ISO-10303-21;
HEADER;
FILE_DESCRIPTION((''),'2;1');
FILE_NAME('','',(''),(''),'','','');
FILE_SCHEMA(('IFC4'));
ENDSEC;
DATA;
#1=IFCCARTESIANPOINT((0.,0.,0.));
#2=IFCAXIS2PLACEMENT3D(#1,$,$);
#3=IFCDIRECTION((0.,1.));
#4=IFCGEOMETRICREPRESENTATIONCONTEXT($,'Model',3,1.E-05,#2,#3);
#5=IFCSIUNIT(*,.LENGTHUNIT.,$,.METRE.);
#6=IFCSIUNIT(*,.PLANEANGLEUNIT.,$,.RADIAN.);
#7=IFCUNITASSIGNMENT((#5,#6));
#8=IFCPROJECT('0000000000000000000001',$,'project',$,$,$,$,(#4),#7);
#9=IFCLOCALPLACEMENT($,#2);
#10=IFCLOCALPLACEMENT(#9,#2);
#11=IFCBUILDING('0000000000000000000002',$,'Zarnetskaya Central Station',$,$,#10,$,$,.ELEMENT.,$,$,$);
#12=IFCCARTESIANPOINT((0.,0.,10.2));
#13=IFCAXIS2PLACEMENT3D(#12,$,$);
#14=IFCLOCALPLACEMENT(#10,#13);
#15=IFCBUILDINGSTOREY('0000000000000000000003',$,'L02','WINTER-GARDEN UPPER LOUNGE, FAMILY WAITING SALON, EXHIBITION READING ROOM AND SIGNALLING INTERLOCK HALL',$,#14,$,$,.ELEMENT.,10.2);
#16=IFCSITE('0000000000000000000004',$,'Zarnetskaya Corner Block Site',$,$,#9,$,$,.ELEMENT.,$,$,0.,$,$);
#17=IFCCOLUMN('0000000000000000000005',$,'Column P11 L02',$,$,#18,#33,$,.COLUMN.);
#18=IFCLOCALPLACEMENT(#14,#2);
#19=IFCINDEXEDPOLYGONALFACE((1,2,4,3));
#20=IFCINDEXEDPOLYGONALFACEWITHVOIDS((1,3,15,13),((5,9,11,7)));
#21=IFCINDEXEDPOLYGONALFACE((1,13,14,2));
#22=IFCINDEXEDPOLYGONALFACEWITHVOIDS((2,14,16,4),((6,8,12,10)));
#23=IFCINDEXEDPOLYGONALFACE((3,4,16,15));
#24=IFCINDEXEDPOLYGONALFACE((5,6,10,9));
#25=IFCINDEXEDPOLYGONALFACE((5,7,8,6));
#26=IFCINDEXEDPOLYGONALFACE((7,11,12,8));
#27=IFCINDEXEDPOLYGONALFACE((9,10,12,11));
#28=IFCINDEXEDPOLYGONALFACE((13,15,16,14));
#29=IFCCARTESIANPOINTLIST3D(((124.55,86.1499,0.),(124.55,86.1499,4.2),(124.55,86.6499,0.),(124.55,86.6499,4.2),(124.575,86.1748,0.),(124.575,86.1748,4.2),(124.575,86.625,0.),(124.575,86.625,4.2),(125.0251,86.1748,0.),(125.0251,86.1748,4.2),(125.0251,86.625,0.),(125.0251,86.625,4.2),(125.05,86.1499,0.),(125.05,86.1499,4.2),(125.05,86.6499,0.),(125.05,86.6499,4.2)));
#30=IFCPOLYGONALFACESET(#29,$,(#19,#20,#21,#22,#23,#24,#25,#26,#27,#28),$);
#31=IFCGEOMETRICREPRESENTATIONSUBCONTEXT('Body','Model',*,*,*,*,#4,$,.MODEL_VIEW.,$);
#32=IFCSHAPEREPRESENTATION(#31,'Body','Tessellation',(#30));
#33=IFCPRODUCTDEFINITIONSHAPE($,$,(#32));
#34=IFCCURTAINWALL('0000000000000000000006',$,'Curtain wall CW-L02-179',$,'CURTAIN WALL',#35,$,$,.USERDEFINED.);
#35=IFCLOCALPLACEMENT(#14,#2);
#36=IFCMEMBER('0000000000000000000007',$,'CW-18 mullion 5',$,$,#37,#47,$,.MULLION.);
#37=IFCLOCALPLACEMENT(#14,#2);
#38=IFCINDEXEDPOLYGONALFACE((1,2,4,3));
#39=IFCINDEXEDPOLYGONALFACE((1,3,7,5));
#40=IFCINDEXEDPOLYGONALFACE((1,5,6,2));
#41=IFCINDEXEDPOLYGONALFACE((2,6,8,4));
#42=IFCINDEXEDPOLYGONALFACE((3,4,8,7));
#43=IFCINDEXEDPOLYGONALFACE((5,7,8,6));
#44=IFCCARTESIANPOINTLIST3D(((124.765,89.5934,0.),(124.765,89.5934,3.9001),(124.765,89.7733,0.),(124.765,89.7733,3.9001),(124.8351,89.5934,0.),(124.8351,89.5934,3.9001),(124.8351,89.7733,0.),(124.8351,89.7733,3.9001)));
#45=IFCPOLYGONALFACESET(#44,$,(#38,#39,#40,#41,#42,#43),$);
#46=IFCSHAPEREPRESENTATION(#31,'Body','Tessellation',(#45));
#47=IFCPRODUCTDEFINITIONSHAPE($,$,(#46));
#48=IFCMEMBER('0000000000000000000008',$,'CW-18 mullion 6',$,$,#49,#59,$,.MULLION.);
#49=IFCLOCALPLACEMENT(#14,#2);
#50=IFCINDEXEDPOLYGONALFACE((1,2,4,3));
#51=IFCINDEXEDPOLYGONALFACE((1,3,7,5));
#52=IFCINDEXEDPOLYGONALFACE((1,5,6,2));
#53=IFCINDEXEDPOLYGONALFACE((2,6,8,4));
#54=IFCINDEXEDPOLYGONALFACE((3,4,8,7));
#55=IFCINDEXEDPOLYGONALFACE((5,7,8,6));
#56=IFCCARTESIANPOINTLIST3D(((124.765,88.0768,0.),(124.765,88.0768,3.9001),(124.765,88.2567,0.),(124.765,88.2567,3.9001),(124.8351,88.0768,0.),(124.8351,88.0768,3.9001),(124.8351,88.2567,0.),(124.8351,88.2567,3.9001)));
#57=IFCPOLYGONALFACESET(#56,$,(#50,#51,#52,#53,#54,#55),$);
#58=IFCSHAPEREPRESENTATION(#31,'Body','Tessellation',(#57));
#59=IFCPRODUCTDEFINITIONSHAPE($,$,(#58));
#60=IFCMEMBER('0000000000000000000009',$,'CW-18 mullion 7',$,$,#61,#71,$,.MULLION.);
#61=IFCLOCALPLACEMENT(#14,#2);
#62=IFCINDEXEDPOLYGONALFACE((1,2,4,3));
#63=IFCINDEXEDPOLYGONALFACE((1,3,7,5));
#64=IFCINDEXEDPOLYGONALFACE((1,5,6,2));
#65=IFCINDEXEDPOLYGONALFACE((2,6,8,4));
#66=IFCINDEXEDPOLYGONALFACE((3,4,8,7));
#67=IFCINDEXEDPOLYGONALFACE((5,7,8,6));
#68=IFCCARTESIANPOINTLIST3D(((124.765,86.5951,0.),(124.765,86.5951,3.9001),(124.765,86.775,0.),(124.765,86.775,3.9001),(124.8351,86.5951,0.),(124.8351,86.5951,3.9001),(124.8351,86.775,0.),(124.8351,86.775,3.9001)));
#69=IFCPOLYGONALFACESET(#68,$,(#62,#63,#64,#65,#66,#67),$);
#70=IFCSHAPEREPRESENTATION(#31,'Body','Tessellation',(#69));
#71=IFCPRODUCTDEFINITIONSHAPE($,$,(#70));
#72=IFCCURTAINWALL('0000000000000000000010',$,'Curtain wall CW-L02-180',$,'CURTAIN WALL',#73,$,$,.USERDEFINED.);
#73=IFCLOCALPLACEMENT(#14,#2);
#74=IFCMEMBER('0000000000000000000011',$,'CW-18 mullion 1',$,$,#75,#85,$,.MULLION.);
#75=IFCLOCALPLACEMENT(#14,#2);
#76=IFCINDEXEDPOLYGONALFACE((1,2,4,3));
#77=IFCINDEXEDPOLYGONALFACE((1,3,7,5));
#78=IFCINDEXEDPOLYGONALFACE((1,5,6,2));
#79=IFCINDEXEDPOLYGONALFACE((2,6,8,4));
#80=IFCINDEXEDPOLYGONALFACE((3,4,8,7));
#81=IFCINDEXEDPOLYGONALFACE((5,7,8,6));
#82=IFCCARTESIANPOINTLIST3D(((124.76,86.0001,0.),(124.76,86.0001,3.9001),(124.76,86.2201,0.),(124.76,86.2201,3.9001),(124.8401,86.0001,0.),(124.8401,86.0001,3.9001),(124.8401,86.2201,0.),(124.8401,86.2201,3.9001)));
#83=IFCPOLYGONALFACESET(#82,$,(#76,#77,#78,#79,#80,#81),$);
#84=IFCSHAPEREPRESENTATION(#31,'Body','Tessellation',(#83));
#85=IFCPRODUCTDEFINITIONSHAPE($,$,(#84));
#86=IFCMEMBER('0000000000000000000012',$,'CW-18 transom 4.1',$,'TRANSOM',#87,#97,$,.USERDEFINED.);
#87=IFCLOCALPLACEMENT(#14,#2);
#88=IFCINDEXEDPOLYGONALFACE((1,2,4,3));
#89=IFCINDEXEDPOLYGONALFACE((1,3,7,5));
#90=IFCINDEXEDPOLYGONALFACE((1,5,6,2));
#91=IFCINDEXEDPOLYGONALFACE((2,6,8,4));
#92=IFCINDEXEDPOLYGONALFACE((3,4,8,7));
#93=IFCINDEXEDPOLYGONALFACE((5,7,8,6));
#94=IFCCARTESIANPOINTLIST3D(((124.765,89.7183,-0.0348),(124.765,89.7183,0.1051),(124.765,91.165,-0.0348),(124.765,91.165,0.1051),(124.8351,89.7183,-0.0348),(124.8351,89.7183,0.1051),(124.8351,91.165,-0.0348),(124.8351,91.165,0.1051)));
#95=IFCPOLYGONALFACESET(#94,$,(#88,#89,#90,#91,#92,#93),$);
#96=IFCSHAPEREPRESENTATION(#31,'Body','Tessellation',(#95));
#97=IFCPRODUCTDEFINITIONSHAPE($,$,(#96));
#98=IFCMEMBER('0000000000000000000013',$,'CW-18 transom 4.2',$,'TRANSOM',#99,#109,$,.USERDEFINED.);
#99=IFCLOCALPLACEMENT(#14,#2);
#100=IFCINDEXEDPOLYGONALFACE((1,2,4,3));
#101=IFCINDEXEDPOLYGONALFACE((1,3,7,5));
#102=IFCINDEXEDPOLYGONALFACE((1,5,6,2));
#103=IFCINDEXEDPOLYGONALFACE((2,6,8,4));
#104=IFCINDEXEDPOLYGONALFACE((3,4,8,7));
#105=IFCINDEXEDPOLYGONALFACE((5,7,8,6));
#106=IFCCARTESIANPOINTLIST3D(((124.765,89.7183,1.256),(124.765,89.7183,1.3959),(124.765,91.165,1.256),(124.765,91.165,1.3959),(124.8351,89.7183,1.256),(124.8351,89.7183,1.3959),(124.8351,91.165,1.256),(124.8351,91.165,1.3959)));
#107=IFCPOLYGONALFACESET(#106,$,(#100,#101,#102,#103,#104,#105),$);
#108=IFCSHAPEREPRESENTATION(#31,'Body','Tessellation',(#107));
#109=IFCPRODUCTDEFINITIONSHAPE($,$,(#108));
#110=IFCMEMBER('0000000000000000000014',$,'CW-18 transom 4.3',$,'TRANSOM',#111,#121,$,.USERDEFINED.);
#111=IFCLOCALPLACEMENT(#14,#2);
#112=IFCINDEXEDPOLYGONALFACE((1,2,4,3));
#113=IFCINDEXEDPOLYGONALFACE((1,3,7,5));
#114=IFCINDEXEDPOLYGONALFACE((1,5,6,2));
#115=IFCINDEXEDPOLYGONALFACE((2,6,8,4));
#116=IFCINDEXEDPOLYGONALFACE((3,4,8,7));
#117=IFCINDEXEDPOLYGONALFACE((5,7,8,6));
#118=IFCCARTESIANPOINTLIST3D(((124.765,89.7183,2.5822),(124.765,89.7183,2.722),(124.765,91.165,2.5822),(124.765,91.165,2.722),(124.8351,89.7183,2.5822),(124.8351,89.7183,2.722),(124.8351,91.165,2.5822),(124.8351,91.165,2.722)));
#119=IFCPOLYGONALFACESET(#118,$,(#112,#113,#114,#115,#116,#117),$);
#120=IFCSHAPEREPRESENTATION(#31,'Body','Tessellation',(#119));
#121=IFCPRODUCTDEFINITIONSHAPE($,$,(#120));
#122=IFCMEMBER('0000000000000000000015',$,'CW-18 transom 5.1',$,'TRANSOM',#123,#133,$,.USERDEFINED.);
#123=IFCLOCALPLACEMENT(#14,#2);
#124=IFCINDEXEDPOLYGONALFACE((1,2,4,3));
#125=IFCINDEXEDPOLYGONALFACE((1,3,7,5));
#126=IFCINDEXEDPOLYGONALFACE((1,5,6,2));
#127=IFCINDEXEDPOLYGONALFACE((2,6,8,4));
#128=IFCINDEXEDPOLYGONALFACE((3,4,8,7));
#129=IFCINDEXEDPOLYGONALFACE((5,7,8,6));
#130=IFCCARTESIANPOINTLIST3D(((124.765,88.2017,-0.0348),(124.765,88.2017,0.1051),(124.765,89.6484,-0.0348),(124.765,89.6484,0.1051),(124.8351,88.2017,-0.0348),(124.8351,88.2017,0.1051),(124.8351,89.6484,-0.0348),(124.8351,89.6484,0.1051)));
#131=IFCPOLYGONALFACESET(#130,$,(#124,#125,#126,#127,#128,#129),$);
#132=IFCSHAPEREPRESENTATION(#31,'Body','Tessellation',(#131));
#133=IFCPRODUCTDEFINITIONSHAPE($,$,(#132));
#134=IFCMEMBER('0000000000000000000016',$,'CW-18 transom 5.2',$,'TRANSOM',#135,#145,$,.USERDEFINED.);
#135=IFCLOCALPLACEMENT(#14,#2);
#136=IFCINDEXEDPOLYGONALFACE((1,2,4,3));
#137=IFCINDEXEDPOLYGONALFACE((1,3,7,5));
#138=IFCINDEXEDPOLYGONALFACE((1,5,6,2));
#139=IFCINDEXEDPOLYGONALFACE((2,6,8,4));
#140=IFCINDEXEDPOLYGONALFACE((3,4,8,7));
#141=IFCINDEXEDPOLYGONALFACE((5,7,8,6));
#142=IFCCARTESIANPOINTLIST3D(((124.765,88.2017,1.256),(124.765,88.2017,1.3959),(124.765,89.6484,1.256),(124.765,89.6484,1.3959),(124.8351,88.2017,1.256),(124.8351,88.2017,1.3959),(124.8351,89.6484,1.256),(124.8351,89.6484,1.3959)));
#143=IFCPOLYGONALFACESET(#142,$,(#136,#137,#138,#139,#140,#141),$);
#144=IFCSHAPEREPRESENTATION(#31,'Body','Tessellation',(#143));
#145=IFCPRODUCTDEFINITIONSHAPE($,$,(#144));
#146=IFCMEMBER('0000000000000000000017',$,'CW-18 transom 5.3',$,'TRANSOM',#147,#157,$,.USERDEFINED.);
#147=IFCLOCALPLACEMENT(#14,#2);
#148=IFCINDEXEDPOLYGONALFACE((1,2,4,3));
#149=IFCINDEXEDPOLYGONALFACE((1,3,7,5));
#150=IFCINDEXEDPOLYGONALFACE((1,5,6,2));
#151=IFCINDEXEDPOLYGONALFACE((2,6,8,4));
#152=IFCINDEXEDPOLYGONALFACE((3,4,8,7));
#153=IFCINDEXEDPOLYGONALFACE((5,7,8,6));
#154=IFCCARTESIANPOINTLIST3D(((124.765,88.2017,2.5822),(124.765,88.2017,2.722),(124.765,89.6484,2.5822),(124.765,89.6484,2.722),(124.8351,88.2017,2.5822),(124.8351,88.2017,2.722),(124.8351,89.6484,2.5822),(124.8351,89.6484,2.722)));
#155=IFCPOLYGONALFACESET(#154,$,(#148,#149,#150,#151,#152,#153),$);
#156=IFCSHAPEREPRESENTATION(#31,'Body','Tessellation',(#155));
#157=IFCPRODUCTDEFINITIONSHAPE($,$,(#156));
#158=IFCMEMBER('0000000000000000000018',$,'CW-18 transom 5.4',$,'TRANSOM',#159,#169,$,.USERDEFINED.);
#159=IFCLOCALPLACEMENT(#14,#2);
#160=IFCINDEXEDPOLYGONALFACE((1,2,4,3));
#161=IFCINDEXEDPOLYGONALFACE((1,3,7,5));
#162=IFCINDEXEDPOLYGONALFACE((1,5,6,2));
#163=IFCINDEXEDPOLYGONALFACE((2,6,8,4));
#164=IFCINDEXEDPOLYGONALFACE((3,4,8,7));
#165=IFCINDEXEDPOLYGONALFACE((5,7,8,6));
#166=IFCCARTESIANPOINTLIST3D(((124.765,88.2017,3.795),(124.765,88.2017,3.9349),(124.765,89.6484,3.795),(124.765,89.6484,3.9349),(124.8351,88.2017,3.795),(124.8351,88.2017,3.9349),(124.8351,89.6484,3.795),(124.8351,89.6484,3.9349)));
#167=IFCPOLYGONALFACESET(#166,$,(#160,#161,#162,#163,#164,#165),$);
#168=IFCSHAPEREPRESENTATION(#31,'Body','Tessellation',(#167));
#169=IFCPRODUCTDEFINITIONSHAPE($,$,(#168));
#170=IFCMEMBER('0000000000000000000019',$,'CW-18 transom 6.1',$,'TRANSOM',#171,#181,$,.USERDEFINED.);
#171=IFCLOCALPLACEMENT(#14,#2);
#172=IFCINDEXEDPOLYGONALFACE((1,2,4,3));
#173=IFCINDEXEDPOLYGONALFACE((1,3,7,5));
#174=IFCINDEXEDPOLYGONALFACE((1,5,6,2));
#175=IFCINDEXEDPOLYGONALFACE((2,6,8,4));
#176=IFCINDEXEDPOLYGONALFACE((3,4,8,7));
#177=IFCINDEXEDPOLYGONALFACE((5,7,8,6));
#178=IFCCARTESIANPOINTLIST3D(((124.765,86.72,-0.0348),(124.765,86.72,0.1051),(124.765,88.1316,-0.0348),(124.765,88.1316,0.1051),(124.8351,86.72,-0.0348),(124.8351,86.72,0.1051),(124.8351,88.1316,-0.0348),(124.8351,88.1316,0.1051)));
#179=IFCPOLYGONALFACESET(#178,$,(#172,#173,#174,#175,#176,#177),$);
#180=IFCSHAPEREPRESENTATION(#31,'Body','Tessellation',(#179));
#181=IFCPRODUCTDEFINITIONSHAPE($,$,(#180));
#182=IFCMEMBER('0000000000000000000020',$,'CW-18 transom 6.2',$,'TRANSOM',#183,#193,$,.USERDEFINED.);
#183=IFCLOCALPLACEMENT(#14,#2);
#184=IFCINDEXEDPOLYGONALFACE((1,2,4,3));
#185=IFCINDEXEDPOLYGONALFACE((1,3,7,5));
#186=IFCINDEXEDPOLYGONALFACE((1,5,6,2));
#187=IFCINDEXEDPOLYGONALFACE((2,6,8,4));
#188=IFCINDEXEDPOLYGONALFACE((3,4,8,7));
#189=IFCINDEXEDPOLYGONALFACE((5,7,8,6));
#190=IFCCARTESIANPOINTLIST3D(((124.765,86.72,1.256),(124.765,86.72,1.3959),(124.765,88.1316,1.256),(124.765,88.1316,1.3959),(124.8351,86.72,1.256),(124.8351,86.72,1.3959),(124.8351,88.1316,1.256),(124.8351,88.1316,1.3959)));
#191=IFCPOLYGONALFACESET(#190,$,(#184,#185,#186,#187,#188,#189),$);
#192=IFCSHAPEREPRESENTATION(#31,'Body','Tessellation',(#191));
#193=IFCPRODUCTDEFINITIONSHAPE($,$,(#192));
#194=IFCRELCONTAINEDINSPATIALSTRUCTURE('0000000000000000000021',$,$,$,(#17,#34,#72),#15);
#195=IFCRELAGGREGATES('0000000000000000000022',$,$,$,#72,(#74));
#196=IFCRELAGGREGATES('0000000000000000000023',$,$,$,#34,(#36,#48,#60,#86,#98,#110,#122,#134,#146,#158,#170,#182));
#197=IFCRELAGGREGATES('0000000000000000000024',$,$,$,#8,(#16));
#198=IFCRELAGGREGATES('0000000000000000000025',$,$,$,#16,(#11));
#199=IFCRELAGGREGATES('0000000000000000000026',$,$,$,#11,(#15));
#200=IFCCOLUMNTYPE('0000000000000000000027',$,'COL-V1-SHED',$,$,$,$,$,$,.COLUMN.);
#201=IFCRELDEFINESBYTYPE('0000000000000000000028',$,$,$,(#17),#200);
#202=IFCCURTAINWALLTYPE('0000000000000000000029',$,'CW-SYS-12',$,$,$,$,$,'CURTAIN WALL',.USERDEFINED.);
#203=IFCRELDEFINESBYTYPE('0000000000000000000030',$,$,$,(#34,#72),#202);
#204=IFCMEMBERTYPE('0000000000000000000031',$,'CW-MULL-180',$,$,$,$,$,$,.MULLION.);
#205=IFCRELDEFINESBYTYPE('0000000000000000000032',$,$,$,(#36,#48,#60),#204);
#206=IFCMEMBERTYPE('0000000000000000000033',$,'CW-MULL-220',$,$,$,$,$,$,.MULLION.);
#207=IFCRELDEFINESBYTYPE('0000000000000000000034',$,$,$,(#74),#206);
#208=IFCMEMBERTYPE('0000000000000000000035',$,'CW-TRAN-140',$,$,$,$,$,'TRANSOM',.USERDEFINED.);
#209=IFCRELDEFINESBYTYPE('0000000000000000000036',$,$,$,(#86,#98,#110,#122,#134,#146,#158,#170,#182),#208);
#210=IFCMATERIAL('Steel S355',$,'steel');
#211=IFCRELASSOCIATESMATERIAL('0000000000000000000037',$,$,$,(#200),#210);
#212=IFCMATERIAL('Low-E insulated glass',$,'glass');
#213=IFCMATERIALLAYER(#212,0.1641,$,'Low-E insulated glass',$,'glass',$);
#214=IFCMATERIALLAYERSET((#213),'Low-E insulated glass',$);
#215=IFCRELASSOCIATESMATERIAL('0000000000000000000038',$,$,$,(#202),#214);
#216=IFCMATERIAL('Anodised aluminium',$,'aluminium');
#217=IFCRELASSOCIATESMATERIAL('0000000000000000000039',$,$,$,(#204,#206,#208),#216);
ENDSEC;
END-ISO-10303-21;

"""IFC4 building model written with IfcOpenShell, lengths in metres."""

from ifc_helpers import new_model, si_unit, direction, frame, origin, origin_2d, place, context, subcontext, project, spatial, rectangle, hollow_rectangle, extrude, material, layer, layer_set, material_profile, profile_set, type_object, element, aggregate, save


model = new_model("IFC4")

# Units and contexts
model_context = context("Model", 3, precision=1e-05, world=origin(), true_north=direction((0.0, 1.0)))
body_context = subcontext(model_context, "Body", "Model", "MODEL_VIEW")
ifc_project = project(units=[si_unit("LENGTHUNIT", "METRE"), si_unit("PLANEANGLEUNIT", "RADIAN")], contexts=[model_context])

# Site, building, storey
site_placement = place(None, origin())
site = spatial("IfcSite", under=ifc_project, at=site_placement, Name="Zarnetskaya Corner Block Site", CompositionType="ELEMENT", RefElevation=0.0)
building_placement = place(site_placement, origin())
building = spatial("IfcBuilding", under=site, at=building_placement, Name="Zarnetskaya Central Station", CompositionType="ELEMENT")
storey_placement = place(building_placement, frame((0.0, 0.0, 10.2)))
storey = spatial("IfcBuildingStorey", under=building, at=storey_placement, Name="L02", Description="WINTER-GARDEN UPPER LOUNGE, FAMILY WAITING SALON, EXHIBITION READING ROOM AND SIGNALLING INTERLOCK HALL", CompositionType="ELEMENT", Elevation=10.2)

# Column
ifc_material_1 = material(Name="Steel S355", Category="steel")
ifc_material_profile_1 = material_profile(ifc_material_1, hollow_rectangle(XDim=0.5, YDim=0.5, WallThickness=0.0249, at=origin_2d()), Name="BOX 500x500x25")
ifc_profile_set_1 = profile_set([ifc_material_profile_1], Name="Steel S355")
column_type = type_object("IfcColumnType", Name="COL-V1-SHED", PredefinedType="COLUMN", material=ifc_profile_set_1)
column_placement = place(storey_placement, frame((124.8, 86.3999, 0.0), z_axis=(0.0, 0.0, 1.0), x_axis=(1.0, 0.0, 0.0)))
element("IfcColumn", 1, at=column_placement, inside=storey, type_object=column_type, Name="Column P11 L02", PredefinedType="COLUMN", context=body_context, shape_type="SweptSolid", body=[
    extrude(hollow_rectangle(XDim=0.5, YDim=0.5, WallThickness=0.0249, at=origin_2d()), origin(), (0.0, 0.0, 1.0), 4.2),
])

# Curtain wall, members
ifc_material_2 = material(Name="Low-E insulated glass", Category="glass")
ifc_layer_1 = layer(ifc_material_2, 0.1641, Name="Low-E insulated glass", Category="glass")
ifc_layer_set_1 = layer_set([ifc_layer_1], Name="Low-E insulated glass")
curtain_wall_type = type_object("IfcCurtainWallType", Name="CW-SYS-12", ElementType="CURTAIN WALL", PredefinedType="USERDEFINED", material=ifc_layer_set_1)
curtain_wall_1_placement = place(storey_placement, origin())
curtain_wall_1 = element("IfcCurtainWall", 2, at=curtain_wall_1_placement, inside=storey, type_object=curtain_wall_type, Name="Curtain wall CW-L02-179", ObjectType="CURTAIN WALL", PredefinedType="USERDEFINED")
ifc_material_3 = material(Name="Anodised aluminium", Category="aluminium")
ifc_material_profile_2 = material_profile(ifc_material_3, rectangle(XDim=0.0701, YDim=0.1799, at=origin_2d()), Name="ALU MULL 70x180")
ifc_profile_set_2 = profile_set([ifc_material_profile_2], Name="Anodised aluminium")
member_type_1 = type_object("IfcMemberType", Name="CW-MULL-180", PredefinedType="MULLION", material=ifc_profile_set_2)
member_1_placement = place(storey_placement, frame((124.8, 89.6833, 0.0), z_axis=(0.0, 0.0, 1.0), x_axis=(1.0, 0.0, 0.0)))
member_1 = element("IfcMember", 3, at=member_1_placement, type_object=member_type_1, Name="CW-18 mullion 5", PredefinedType="MULLION", context=body_context, shape_type="SweptSolid", body=[
    extrude(rectangle(XDim=0.0701, YDim=0.1799, at=origin_2d()), origin(), (0.0, 0.0, 1.0), 3.9001),
])
member_2_placement = place(storey_placement, frame((124.8, 88.1667, 0.0), z_axis=(0.0, 0.0, 1.0), x_axis=(1.0, 0.0, 0.0)))
member_2 = element("IfcMember", 4, at=member_2_placement, type_object=member_type_1, Name="CW-18 mullion 6", PredefinedType="MULLION", context=body_context, shape_type="SweptSolid", body=[
    extrude(rectangle(XDim=0.0701, YDim=0.1799, at=origin_2d()), origin(), (0.0, 0.0, 1.0), 3.9001),
])
member_3_placement = place(storey_placement, frame((124.8, 86.6851, 0.0), z_axis=(0.0, 0.0, 1.0), x_axis=(1.0, 0.0, 0.0)))
member_3 = element("IfcMember", 5, at=member_3_placement, type_object=member_type_1, Name="CW-18 mullion 7", PredefinedType="MULLION", context=body_context, shape_type="SweptSolid", body=[
    extrude(rectangle(XDim=0.0701, YDim=0.1799, at=origin_2d()), origin(), (0.0, 0.0, 1.0), 3.9001),
])

# Curtain wall, member
curtain_wall_2_placement = place(storey_placement, origin())
curtain_wall_2 = element("IfcCurtainWall", 6, at=curtain_wall_2_placement, inside=storey, type_object=curtain_wall_type, Name="Curtain wall CW-L02-180", ObjectType="CURTAIN WALL", PredefinedType="USERDEFINED")
ifc_material_profile_3 = material_profile(ifc_material_3, rectangle(XDim=0.0801, YDim=0.22, at=origin_2d()), Name="ALU MULL 80x220")
ifc_profile_set_3 = profile_set([ifc_material_profile_3], Name="Anodised aluminium")
member_type_2 = type_object("IfcMemberType", Name="CW-MULL-220", PredefinedType="MULLION", material=ifc_profile_set_3)
member_4_placement = place(storey_placement, frame((124.8, 86.1101, 0.0), z_axis=(0.0, 0.0, 1.0), x_axis=(1.0, 0.0, 0.0)))
member_4 = element("IfcMember", 7, at=member_4_placement, type_object=member_type_2, Name="CW-18 mullion 1", PredefinedType="MULLION", context=body_context, shape_type="SweptSolid", body=[
    extrude(rectangle(XDim=0.0801, YDim=0.22, at=origin_2d()), origin(), (0.0, 0.0, 1.0), 3.9001),
])
aggregate(curtain_wall_2, [member_4])

# Members
ifc_material_profile_4 = material_profile(ifc_material_3, rectangle(XDim=0.0701, YDim=0.1399, at=origin_2d()), Name="ALU TRAN 70x140")
ifc_profile_set_4 = profile_set([ifc_material_profile_4], Name="Anodised aluminium")
member_type_3 = type_object("IfcMemberType", Name="CW-TRAN-140", ElementType="TRANSOM", PredefinedType="USERDEFINED", material=ifc_profile_set_4)
member_5_placement = place(storey_placement, frame((124.8, 91.165, 0.0352), z_axis=(0.0, -1.0, 0.0), x_axis=(1.0, 0.0, 0.0)))
member_5 = element("IfcMember", 8, at=member_5_placement, type_object=member_type_3, Name="CW-18 transom 4.1", ObjectType="TRANSOM", PredefinedType="USERDEFINED", context=body_context, shape_type="SweptSolid", body=[
    extrude(rectangle(XDim=0.0701, YDim=0.1399, at=origin_2d()), origin(), (0.0, 0.0, 1.0), 1.4468),
])
member_6_placement = place(storey_placement, frame((124.8, 91.165, 1.3259), z_axis=(0.0, -1.0, 0.0), x_axis=(1.0, 0.0, 0.0)))
member_6 = element("IfcMember", 9, at=member_6_placement, type_object=member_type_3, Name="CW-18 transom 4.2", ObjectType="TRANSOM", PredefinedType="USERDEFINED", context=body_context, shape_type="SweptSolid", body=[
    extrude(rectangle(XDim=0.0701, YDim=0.1399, at=origin_2d()), origin(), (0.0, 0.0, 1.0), 1.4468),
])
member_7_placement = place(storey_placement, frame((124.8, 91.165, 2.6521), z_axis=(0.0, -1.0, 0.0), x_axis=(1.0, 0.0, 0.0)))
member_7 = element("IfcMember", 10, at=member_7_placement, type_object=member_type_3, Name="CW-18 transom 4.3", ObjectType="TRANSOM", PredefinedType="USERDEFINED", context=body_context, shape_type="SweptSolid", body=[
    extrude(rectangle(XDim=0.0701, YDim=0.1399, at=origin_2d()), origin(), (0.0, 0.0, 1.0), 1.4468),
])
member_8_placement = place(storey_placement, frame((124.8, 89.6484, 0.0352), z_axis=(0.0, -1.0, 0.0), x_axis=(1.0, 0.0, 0.0)))
member_8 = element("IfcMember", 11, at=member_8_placement, type_object=member_type_3, Name="CW-18 transom 5.1", ObjectType="TRANSOM", PredefinedType="USERDEFINED", context=body_context, shape_type="SweptSolid", body=[
    extrude(rectangle(XDim=0.0701, YDim=0.1399, at=origin_2d()), origin(), (0.0, 0.0, 1.0), 1.4468),
])
member_9_placement = place(storey_placement, frame((124.8, 89.6484, 1.3259), z_axis=(0.0, -1.0, 0.0), x_axis=(1.0, 0.0, 0.0)))
member_9 = element("IfcMember", 12, at=member_9_placement, type_object=member_type_3, Name="CW-18 transom 5.2", ObjectType="TRANSOM", PredefinedType="USERDEFINED", context=body_context, shape_type="SweptSolid", body=[
    extrude(rectangle(XDim=0.0701, YDim=0.1399, at=origin_2d()), origin(), (0.0, 0.0, 1.0), 1.4468),
])
member_10_placement = place(storey_placement, frame((124.8, 89.6484, 2.6521), z_axis=(0.0, -1.0, 0.0), x_axis=(1.0, 0.0, 0.0)))
member_10 = element("IfcMember", 13, at=member_10_placement, type_object=member_type_3, Name="CW-18 transom 5.3", ObjectType="TRANSOM", PredefinedType="USERDEFINED", context=body_context, shape_type="SweptSolid", body=[
    extrude(rectangle(XDim=0.0701, YDim=0.1399, at=origin_2d()), origin(), (0.0, 0.0, 1.0), 1.4468),
])
member_11_placement = place(storey_placement, frame((124.8, 89.6484, 3.865), z_axis=(0.0, -1.0, 0.0), x_axis=(1.0, 0.0, 0.0)))
member_11 = element("IfcMember", 14, at=member_11_placement, type_object=member_type_3, Name="CW-18 transom 5.4", ObjectType="TRANSOM", PredefinedType="USERDEFINED", context=body_context, shape_type="SweptSolid", body=[
    extrude(rectangle(XDim=0.0701, YDim=0.1399, at=origin_2d()), origin(), (0.0, 0.0, 1.0), 1.4468),
])
member_12_placement = place(storey_placement, frame((124.8, 88.1316, 0.0352), z_axis=(0.0, -1.0, 0.0), x_axis=(1.0, 0.0, 0.0)))
member_12 = element("IfcMember", 15, at=member_12_placement, type_object=member_type_3, Name="CW-18 transom 6.1", ObjectType="TRANSOM", PredefinedType="USERDEFINED", context=body_context, shape_type="SweptSolid", body=[
    extrude(rectangle(XDim=0.0701, YDim=0.1399, at=origin_2d()), origin(), (0.0, 0.0, 1.0), 1.4116),
])
member_13_placement = place(storey_placement, frame((124.8, 88.1316, 1.3259), z_axis=(0.0, -1.0, 0.0), x_axis=(1.0, 0.0, 0.0)))
member_13 = element("IfcMember", 16, at=member_13_placement, type_object=member_type_3, Name="CW-18 transom 6.2", ObjectType="TRANSOM", PredefinedType="USERDEFINED", context=body_context, shape_type="SweptSolid", body=[
    extrude(rectangle(XDim=0.0701, YDim=0.1399, at=origin_2d()), origin(), (0.0, 0.0, 1.0), 1.4116),
])

aggregate(curtain_wall_1, [member_1, member_2, member_3, member_5, member_6, member_7, member_8, member_9, member_10, member_11, member_12, member_13])

save(model, "model.ifc")
